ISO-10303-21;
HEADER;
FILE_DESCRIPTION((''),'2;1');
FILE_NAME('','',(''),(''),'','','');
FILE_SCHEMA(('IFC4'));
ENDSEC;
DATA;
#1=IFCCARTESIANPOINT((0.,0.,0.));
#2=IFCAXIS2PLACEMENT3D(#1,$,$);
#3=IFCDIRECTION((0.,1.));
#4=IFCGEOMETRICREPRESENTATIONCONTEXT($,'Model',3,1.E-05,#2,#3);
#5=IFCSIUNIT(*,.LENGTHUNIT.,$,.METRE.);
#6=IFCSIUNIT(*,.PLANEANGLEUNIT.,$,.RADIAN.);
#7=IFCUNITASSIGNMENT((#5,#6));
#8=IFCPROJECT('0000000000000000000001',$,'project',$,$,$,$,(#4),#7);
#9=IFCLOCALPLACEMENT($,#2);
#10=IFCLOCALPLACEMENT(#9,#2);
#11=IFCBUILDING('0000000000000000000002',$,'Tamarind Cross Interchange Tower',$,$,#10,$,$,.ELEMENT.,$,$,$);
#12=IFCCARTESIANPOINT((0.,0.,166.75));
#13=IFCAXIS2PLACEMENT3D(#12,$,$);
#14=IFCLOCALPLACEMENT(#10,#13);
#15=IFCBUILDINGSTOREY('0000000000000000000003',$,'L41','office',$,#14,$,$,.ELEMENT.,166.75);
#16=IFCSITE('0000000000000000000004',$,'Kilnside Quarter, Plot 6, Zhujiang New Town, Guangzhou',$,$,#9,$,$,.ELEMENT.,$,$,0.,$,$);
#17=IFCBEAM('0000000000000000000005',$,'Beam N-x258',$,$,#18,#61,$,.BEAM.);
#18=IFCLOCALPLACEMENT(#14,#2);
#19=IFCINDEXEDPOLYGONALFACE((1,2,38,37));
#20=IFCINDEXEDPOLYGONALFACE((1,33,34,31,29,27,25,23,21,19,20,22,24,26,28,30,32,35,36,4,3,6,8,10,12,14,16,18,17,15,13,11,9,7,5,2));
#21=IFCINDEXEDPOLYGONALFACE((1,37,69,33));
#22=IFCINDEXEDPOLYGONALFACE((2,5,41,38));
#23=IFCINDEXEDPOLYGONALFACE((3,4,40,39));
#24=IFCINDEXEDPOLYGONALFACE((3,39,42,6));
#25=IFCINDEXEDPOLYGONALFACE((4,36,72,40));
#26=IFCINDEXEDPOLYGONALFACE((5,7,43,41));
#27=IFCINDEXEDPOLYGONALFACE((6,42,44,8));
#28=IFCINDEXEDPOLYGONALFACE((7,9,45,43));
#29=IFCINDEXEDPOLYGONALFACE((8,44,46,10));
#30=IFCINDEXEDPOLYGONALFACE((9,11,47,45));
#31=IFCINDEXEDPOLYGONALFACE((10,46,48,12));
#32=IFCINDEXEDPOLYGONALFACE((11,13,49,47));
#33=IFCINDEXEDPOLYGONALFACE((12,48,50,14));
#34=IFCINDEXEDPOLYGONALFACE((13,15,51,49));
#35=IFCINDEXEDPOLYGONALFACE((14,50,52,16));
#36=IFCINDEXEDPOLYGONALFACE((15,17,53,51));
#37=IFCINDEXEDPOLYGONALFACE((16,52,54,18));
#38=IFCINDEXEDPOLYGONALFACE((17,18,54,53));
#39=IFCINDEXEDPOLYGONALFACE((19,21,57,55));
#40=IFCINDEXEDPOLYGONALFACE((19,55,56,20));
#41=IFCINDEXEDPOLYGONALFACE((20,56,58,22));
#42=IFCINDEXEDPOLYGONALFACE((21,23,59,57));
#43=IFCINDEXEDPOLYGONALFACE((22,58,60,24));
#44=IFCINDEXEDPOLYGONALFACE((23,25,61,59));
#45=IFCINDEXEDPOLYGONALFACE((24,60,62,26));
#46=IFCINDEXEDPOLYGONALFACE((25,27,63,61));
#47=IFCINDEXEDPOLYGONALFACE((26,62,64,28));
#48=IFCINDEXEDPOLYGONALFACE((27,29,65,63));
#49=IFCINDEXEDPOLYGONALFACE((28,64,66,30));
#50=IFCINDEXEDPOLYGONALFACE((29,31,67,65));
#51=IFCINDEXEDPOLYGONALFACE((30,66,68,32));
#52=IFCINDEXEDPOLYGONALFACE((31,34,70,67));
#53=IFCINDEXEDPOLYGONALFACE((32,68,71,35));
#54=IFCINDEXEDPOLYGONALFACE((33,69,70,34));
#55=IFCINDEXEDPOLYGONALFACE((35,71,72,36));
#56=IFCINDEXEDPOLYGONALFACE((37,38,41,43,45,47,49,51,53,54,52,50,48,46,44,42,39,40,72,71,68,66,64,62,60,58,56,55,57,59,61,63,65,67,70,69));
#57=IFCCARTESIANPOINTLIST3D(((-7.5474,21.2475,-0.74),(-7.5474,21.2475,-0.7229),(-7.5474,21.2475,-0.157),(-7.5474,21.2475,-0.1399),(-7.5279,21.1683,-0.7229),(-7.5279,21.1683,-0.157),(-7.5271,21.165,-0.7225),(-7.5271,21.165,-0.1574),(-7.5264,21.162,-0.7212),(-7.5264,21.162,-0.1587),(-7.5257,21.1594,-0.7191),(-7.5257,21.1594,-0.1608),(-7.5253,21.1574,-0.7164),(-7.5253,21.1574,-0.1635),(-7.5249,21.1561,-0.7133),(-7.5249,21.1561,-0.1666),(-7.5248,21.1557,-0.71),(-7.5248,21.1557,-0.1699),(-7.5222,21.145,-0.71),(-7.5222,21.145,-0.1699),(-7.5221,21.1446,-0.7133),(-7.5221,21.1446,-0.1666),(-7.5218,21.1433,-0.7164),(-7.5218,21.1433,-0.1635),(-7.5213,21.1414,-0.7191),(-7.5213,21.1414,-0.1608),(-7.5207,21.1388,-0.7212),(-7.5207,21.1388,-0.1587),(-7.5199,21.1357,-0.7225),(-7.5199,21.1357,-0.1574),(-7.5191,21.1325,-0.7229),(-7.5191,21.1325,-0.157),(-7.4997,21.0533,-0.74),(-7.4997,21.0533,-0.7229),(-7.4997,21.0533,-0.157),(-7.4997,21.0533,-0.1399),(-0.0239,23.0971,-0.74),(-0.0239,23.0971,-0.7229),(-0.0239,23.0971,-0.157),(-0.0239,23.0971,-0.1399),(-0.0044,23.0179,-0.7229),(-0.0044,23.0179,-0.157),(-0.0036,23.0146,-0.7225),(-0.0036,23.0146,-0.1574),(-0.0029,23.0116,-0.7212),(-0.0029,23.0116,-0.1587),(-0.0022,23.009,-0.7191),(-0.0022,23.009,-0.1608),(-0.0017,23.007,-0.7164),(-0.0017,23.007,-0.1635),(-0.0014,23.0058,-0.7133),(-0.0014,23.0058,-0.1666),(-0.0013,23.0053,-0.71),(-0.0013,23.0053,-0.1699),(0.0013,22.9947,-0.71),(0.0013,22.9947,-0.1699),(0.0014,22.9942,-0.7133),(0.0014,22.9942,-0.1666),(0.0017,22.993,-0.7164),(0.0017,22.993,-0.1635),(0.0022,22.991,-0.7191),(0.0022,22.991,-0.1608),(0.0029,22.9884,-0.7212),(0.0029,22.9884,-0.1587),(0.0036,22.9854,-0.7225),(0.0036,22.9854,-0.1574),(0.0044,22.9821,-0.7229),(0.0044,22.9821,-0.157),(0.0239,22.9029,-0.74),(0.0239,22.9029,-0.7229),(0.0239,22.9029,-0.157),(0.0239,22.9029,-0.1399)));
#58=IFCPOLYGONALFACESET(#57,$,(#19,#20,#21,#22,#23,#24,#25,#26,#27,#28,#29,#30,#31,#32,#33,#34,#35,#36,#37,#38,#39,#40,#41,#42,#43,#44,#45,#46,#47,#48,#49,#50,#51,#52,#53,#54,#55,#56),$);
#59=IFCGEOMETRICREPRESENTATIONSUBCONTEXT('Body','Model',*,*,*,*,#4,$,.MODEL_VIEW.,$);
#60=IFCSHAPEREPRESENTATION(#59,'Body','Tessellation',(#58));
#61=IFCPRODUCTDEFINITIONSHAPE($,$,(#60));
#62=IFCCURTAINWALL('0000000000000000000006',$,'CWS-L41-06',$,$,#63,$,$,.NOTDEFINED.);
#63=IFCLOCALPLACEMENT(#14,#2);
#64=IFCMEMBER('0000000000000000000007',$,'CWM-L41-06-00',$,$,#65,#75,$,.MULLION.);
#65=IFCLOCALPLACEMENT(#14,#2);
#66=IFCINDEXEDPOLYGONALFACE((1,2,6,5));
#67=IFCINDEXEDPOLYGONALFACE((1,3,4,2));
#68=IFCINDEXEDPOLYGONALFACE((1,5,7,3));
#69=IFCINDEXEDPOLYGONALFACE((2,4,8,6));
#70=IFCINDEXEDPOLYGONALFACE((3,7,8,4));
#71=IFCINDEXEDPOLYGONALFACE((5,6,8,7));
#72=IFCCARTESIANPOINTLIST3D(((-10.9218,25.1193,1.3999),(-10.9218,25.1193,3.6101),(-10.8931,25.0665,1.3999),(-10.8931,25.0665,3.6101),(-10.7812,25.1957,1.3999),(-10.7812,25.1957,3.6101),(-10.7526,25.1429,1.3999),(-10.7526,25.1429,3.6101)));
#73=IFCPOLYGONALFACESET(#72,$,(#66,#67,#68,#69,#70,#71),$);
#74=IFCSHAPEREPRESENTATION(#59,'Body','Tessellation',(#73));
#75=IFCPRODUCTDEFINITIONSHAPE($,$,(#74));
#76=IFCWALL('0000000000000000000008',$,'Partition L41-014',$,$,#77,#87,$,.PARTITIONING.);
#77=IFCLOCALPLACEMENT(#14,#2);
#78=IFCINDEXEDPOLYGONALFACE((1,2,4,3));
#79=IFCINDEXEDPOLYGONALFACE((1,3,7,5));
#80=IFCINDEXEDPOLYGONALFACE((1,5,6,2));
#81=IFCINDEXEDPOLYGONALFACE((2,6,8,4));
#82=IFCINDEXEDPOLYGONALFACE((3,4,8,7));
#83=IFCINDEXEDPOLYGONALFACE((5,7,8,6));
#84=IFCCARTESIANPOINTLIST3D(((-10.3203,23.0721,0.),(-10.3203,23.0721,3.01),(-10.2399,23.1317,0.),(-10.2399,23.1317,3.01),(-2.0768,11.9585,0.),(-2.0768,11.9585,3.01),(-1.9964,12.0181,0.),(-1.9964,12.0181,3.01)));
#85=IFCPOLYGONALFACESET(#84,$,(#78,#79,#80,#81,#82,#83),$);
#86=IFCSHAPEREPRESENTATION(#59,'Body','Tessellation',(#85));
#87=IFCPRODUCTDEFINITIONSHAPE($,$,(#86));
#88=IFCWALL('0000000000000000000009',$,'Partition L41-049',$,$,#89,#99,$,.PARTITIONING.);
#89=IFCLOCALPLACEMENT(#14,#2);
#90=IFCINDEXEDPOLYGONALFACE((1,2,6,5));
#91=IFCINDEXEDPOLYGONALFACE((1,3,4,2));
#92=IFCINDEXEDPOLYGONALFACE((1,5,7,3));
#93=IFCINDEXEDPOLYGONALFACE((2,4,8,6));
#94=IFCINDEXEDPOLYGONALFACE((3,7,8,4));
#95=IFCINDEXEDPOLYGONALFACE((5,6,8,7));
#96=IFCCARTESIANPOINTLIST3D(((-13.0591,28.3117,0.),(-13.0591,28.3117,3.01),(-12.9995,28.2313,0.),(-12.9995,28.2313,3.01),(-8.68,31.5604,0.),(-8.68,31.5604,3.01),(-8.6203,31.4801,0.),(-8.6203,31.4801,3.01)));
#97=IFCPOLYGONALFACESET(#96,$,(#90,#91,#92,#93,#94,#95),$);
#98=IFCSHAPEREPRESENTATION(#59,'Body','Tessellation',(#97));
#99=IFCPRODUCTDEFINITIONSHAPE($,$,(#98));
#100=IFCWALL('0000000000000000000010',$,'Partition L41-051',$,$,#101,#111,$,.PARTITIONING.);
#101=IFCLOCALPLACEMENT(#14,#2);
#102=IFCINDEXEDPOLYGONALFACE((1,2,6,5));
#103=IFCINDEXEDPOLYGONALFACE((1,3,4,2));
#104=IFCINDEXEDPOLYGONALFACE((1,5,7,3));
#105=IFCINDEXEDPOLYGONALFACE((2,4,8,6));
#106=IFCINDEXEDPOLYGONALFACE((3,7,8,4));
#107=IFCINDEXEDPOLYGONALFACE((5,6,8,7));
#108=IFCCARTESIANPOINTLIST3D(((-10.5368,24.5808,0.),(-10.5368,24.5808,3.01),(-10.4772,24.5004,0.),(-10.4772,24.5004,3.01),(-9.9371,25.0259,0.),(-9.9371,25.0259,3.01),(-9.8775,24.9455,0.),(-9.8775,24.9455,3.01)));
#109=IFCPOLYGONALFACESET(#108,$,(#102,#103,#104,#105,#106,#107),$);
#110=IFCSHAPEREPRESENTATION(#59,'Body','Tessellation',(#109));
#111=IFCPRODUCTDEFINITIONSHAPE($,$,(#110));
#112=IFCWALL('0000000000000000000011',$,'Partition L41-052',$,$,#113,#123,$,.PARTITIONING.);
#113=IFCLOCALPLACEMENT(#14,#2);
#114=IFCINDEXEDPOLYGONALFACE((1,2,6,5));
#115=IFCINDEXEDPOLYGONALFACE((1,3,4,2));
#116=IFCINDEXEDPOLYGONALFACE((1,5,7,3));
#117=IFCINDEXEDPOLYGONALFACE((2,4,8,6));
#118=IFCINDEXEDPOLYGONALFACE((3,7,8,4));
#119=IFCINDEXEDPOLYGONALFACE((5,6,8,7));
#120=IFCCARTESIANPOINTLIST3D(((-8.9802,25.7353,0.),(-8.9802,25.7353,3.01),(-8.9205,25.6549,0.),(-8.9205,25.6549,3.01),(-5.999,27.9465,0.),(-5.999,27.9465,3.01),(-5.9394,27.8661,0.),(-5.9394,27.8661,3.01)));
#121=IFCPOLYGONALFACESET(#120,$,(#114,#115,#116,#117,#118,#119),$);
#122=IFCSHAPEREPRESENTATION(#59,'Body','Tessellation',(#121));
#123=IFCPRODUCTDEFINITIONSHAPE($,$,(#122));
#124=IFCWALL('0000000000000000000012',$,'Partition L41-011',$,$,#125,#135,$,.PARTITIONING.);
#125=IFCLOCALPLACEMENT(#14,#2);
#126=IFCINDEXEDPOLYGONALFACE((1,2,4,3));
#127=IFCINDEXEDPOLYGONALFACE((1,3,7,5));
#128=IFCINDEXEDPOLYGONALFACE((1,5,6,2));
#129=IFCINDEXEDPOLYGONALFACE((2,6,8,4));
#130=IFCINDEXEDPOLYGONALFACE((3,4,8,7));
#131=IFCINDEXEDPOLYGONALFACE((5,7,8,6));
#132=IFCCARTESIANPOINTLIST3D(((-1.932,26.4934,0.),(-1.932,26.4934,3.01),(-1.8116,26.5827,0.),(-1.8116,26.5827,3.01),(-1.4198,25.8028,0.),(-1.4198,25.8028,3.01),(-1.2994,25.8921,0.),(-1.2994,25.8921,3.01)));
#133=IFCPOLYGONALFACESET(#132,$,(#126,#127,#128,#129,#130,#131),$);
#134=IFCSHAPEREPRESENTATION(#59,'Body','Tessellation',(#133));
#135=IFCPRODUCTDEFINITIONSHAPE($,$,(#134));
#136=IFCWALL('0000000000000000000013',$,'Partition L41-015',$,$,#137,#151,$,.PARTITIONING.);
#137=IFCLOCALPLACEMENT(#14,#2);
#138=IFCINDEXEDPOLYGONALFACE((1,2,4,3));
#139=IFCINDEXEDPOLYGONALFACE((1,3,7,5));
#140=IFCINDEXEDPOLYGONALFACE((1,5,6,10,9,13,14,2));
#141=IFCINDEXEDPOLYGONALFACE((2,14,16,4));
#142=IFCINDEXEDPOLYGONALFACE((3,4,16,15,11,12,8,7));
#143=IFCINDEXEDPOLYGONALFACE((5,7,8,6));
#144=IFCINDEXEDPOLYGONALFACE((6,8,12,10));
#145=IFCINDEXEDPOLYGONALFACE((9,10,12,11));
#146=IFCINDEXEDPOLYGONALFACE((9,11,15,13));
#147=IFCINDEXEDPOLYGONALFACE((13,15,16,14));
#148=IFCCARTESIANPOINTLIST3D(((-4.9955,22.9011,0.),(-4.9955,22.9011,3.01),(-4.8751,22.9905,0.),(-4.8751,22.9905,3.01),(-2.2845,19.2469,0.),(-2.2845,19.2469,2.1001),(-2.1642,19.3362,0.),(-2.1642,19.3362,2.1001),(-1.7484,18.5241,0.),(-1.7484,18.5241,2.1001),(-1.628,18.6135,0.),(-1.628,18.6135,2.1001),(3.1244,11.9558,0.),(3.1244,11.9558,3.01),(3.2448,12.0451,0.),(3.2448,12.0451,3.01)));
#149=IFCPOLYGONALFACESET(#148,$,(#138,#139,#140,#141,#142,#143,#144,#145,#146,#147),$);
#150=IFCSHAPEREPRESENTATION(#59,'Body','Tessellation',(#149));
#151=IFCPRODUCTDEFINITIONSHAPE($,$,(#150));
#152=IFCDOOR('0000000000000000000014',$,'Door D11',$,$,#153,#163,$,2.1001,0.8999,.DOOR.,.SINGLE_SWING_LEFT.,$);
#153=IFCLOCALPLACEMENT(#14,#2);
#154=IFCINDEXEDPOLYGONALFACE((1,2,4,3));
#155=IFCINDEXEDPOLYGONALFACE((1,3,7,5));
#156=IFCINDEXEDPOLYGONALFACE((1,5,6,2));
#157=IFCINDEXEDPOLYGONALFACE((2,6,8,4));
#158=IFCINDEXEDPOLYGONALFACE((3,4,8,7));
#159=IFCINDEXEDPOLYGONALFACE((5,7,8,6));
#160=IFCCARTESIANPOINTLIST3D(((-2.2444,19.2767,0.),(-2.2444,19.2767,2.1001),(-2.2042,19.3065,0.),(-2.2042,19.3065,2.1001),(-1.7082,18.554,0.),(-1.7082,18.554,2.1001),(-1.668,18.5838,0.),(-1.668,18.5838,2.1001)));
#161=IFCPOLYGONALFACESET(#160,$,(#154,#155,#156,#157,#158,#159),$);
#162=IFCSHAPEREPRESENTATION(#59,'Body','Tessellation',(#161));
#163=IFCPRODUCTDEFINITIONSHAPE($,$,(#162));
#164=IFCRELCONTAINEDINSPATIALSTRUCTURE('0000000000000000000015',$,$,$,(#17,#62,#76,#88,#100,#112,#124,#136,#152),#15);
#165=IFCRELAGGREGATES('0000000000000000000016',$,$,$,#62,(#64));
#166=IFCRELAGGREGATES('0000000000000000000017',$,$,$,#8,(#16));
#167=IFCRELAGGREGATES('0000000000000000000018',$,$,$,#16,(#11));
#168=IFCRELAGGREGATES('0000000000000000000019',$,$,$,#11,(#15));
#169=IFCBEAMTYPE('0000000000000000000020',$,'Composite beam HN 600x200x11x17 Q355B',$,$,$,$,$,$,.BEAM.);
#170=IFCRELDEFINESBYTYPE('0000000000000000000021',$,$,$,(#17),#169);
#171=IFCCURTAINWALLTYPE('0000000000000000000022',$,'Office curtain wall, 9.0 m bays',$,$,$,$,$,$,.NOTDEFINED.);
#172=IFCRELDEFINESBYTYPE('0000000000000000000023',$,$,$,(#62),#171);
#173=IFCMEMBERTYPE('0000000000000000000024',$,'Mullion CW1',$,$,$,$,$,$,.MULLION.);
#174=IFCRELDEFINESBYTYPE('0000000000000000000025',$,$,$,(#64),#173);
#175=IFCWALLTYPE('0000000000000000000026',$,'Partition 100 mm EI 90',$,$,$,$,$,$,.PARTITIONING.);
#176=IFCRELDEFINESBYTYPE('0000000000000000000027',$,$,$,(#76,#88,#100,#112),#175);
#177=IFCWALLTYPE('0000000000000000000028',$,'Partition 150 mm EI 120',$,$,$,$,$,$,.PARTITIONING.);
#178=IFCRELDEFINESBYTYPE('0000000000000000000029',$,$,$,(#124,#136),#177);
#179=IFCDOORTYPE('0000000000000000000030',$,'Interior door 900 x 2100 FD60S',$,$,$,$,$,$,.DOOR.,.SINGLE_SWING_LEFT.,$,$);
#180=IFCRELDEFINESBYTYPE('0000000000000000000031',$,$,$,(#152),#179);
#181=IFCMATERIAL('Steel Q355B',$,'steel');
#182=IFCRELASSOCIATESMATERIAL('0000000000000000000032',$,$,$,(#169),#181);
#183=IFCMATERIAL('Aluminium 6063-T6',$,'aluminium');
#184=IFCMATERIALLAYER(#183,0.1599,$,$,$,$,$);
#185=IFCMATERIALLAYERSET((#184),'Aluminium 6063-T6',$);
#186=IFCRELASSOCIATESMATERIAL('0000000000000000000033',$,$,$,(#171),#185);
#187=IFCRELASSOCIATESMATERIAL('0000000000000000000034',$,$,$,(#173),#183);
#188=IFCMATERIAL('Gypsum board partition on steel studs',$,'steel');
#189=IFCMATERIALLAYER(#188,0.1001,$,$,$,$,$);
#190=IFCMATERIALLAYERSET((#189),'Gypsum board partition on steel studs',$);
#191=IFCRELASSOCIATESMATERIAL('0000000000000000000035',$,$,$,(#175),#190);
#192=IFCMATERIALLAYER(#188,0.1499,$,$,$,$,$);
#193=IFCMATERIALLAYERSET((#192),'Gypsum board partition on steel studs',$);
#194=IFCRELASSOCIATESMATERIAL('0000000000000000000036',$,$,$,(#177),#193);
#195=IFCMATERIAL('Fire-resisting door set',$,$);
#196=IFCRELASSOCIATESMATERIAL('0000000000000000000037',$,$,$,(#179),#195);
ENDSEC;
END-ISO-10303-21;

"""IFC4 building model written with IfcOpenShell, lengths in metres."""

from ifc_helpers import new_model, si_unit, direction, frame, frame_2d, origin, origin_2d, place, context, subcontext, project, spatial, rectangle, i_section, extrude, material, layer, layer_set, material_profile, profile_set, type_object, element, fill, aggregate, save


model = new_model("IFC4")

# Units and contexts
model_context = context("Model", 3, precision=1e-05, world=origin(), true_north=direction((0.0, 1.0)))
body_context = subcontext(model_context, "Body", "Model", "MODEL_VIEW")
ifc_project = project(units=[si_unit("LENGTHUNIT", "METRE"), si_unit("PLANEANGLEUNIT", "RADIAN")], contexts=[model_context])

# Site, building, storey
site_placement = place(None, origin())
site = spatial("IfcSite", under=ifc_project, at=site_placement, Name="Kilnside Quarter, Plot 6, Zhujiang New Town, Guangzhou", CompositionType="ELEMENT", RefElevation=0.0)
building_placement = place(site_placement, origin())
building = spatial("IfcBuilding", under=site, at=building_placement, Name="Tamarind Cross Interchange Tower", CompositionType="ELEMENT")
storey_placement = place(building_placement, frame((0.0, 0.0, 166.75)))
storey = spatial("IfcBuildingStorey", under=building, at=storey_placement, Name="L41", Description="office", CompositionType="ELEMENT", Elevation=166.75)

# Beam
ifc_material_1 = material(Name="Steel Q355B", Category="steel")
ifc_material_profile_1 = material_profile(ifc_material_1, i_section(OverallWidth=0.2, OverallDepth=0.6001, WebThickness=0.011, FlangeThickness=0.0171, FilletRadius=0.0129, at=origin_2d()), Name="HN 600x200x11x17")
ifc_profile_set_1 = profile_set([ifc_material_profile_1], Name="Steel Q355B")
beam_type_1 = type_object("IfcBeamType", Name="Composite beam HN 600x200x11x17 Q355B", PredefinedType="BEAM", material=ifc_profile_set_1)
beam_1_placement = place(storey_placement, frame((0.0, 23.0, -0.4399), z_axis=(-0.971084, -0.238737, 0.0), x_axis=(0.238737, -0.971084, 0.0)))
element("IfcBeam", 1, at=beam_1_placement, inside=storey, type_object=beam_type_1, Name="Beam N-x258", PredefinedType="BEAM", context=body_context, shape_type="SweptSolid", body=[
    extrude(i_section(OverallWidth=0.2, OverallDepth=0.6001, WebThickness=0.011, FlangeThickness=0.0171, FilletRadius=0.0129, at=origin_2d()), origin(), (0.0, 0.0, 1.0), 7.7476),
])

# Curtain wall, member
ifc_material_2 = material(Name="Aluminium 6063-T6", Category="aluminium")
ifc_layer_1 = layer(ifc_material_2, 0.1599)
ifc_layer_set_1 = layer_set([ifc_layer_1], Name="Aluminium 6063-T6")
curtain_wall_type = type_object("IfcCurtainWallType", Name="Office curtain wall, 9.0 m bays", PredefinedType="NOTDEFINED", material=ifc_layer_set_1)
curtain_wall_placement = place(storey_placement, origin())
curtain_wall = element("IfcCurtainWall", 2, at=curtain_wall_placement, inside=storey, type_object=curtain_wall_type, Name="CWS-L41-06", PredefinedType="NOTDEFINED")
ifc_material_profile_2 = material_profile(ifc_material_2, rectangle(XDim=0.0601, YDim=0.1599, at=origin_2d()), Name="Mullion CW1")
ifc_profile_set_2 = profile_set([ifc_material_profile_2], Name="Aluminium 6063-T6")
member_type = type_object("IfcMemberType", Name="Mullion CW1", PredefinedType="MULLION", material=ifc_profile_set_2)
member_placement = place(storey_placement, frame((-10.8372, 25.1311, 1.3999), z_axis=(0.0, 0.0, 1.0), x_axis=(0.477415, -0.878678, 0.0)))
member = element("IfcMember", 3, at=member_placement, type_object=member_type, Name="CWM-L41-06-00", PredefinedType="MULLION", context=body_context, shape_type="SweptSolid", body=[
    extrude(rectangle(XDim=0.0601, YDim=0.1599, at=origin_2d()), origin(), (0.0, 0.0, 1.0), 2.2102),
])
aggregate(curtain_wall, [member])

# Walls
ifc_material_3 = material(Name="Gypsum board partition on steel studs", Category="steel")
ifc_layer_2 = layer(ifc_material_3, 0.1001)
ifc_layer_set_2 = layer_set([ifc_layer_2], Name="Gypsum board partition on steel studs")
wall_type_1 = type_object("IfcWallType", Name="Partition 100 mm EI 90", PredefinedType="PARTITIONING", material=ifc_layer_set_2)
wall_1_placement = place(storey_placement, frame((-10.28, 23.1018, 0.0), z_axis=(0.0, 0.0, 1.0), x_axis=(0.595749, -0.803171, 0.0)))
element("IfcWall", 4, at=wall_1_placement, inside=storey, type_object=wall_type_1, Name="Partition L41-014", PredefinedType="PARTITIONING", context=body_context, shape_type="SweptSolid", body=[
    extrude(rectangle(XDim=13.8372, YDim=0.1001, at=frame_2d((6.9185, 0.0))), origin(), (0.0, 0.0, 1.0), 3.01),
])
wall_2_placement = place(storey_placement, frame((-13.0293, 28.2715, 0.0), z_axis=(0.0, 0.0, 1.0), x_axis=(0.803122, 0.595815, 0.0)))
element("IfcWall", 5, at=wall_2_placement, inside=storey, type_object=wall_type_1, Name="Partition L41-049", PredefinedType="PARTITIONING", context=body_context, shape_type="SweptSolid", body=[
    extrude(rectangle(XDim=5.4526, YDim=0.1001, at=frame_2d((2.7263, 0.0))), origin(), (0.0, 0.0, 1.0), 3.01),
])
wall_3_placement = place(storey_placement, frame((-10.5071, 24.5405, 0.0), z_axis=(0.0, 0.0, 1.0), x_axis=(0.802972, 0.596017, 0.0)))
element("IfcWall", 6, at=wall_3_placement, inside=storey, type_object=wall_type_1, Name="Partition L41-051", PredefinedType="PARTITIONING", context=body_context, shape_type="SweptSolid", body=[
    extrude(rectangle(XDim=0.7468, YDim=0.1001, at=frame_2d((0.3735, 0.0))), origin(), (0.0, 0.0, 1.0), 3.01),
])
wall_4_placement = place(storey_placement, frame((-8.9504, 25.6951, 0.0), z_axis=(0.0, 0.0, 1.0), x_axis=(0.803185, 0.595729, 0.0)))
element("IfcWall", 7, at=wall_4_placement, inside=storey, type_object=wall_type_1, Name="Partition L41-052", PredefinedType="PARTITIONING", context=body_context, shape_type="SweptSolid", body=[
    extrude(rectangle(XDim=3.7117, YDim=0.1001, at=frame_2d((1.856, 0.0))), origin(), (0.0, 0.0, 1.0), 3.01),
])
ifc_layer_3 = layer(ifc_material_3, 0.1499)
ifc_layer_set_3 = layer_set([ifc_layer_3], Name="Gypsum board partition on steel studs")
wall_type_2 = type_object("IfcWallType", Name="Partition 150 mm EI 120", PredefinedType="PARTITIONING", material=ifc_layer_set_3)
wall_5_placement = place(storey_placement, frame((-1.8718, 26.5381, 0.0), z_axis=(0.0, 0.0, 1.0), x_axis=(0.595676, -0.803225, 0.0)))
element("IfcWall", 8, at=wall_5_placement, inside=storey, type_object=wall_type_2, Name="Partition L41-011", PredefinedType="PARTITIONING", context=body_context, shape_type="SweptSolid", body=[
    extrude(rectangle(XDim=0.8599, YDim=0.1499, at=frame_2d((0.4299, 0.0))), origin(), (0.0, 0.0, 1.0), 3.01),
])

# Wall, opening, door
wall_6_placement = place(storey_placement, frame((-4.9353, 22.9458, 0.0), z_axis=(0.0, 0.0, 1.0), x_axis=(0.595807, -0.803128, 0.0)))
wall_6 = element("IfcWall", 9, at=wall_6_placement, inside=storey, type_object=wall_type_2, Name="Partition L41-015", PredefinedType="PARTITIONING", context=body_context, shape_type="SweptSolid", body=[
    extrude(rectangle(XDim=13.6284, YDim=0.1499, at=frame_2d((6.8142, 0.0))), origin(), (0.0, 0.0, 1.0), 3.01),
])
opening_1_placement = place(wall_6_placement, frame((4.55, 0.0, 0.0)))
opening_1 = element("IfcOpeningElement", 10, at=opening_1_placement, cuts=wall_6, PredefinedType="OPENING", context=body_context, shape_type="SweptSolid", body=[
    extrude(rectangle(XDim=0.8999, YDim=2.1001, at=frame_2d((0.45, 1.05))), frame((0.0, 0.085, 0.0), z_axis=(0.0, -1.0, 0.0), x_axis=(1.0, 0.0, 0.0)), (0.0, 0.0, 1.0), 0.1699),
])
ifc_material_4 = material(Name="Fire-resisting door set")
door_type_1 = type_object("IfcDoorType", Name="Interior door 900 x 2100 FD60S", OperationType="SINGLE_SWING_LEFT", PredefinedType="DOOR", material=ifc_material_4)
door_1_placement = place(opening_1_placement, frame((0.8999, 0.0, 0.0), z_axis=(0.0, 0.0, 1.0), x_axis=(-1.0, 0.0, 0.0)))
door_1 = element("IfcDoor", 11, at=door_1_placement, inside=storey, type_object=door_type_1, Name="Door D11", OperationType="SINGLE_SWING_LEFT", OverallHeight=2.1001, OverallWidth=0.8999, PredefinedType="DOOR", context=body_context, shape_type="SweptSolid", body=[
    extrude(rectangle(XDim=0.8999, YDim=2.1001, at=frame_2d((0.45, 1.05))), frame((0.0, 0.0249, 0.0), z_axis=(0.0, -1.0, 0.0), x_axis=(1.0, 0.0, 0.0)), (0.0, 0.0, 1.0), 0.05),
])
fill(opening_1, door_1)

save(model, "model.ifc")
